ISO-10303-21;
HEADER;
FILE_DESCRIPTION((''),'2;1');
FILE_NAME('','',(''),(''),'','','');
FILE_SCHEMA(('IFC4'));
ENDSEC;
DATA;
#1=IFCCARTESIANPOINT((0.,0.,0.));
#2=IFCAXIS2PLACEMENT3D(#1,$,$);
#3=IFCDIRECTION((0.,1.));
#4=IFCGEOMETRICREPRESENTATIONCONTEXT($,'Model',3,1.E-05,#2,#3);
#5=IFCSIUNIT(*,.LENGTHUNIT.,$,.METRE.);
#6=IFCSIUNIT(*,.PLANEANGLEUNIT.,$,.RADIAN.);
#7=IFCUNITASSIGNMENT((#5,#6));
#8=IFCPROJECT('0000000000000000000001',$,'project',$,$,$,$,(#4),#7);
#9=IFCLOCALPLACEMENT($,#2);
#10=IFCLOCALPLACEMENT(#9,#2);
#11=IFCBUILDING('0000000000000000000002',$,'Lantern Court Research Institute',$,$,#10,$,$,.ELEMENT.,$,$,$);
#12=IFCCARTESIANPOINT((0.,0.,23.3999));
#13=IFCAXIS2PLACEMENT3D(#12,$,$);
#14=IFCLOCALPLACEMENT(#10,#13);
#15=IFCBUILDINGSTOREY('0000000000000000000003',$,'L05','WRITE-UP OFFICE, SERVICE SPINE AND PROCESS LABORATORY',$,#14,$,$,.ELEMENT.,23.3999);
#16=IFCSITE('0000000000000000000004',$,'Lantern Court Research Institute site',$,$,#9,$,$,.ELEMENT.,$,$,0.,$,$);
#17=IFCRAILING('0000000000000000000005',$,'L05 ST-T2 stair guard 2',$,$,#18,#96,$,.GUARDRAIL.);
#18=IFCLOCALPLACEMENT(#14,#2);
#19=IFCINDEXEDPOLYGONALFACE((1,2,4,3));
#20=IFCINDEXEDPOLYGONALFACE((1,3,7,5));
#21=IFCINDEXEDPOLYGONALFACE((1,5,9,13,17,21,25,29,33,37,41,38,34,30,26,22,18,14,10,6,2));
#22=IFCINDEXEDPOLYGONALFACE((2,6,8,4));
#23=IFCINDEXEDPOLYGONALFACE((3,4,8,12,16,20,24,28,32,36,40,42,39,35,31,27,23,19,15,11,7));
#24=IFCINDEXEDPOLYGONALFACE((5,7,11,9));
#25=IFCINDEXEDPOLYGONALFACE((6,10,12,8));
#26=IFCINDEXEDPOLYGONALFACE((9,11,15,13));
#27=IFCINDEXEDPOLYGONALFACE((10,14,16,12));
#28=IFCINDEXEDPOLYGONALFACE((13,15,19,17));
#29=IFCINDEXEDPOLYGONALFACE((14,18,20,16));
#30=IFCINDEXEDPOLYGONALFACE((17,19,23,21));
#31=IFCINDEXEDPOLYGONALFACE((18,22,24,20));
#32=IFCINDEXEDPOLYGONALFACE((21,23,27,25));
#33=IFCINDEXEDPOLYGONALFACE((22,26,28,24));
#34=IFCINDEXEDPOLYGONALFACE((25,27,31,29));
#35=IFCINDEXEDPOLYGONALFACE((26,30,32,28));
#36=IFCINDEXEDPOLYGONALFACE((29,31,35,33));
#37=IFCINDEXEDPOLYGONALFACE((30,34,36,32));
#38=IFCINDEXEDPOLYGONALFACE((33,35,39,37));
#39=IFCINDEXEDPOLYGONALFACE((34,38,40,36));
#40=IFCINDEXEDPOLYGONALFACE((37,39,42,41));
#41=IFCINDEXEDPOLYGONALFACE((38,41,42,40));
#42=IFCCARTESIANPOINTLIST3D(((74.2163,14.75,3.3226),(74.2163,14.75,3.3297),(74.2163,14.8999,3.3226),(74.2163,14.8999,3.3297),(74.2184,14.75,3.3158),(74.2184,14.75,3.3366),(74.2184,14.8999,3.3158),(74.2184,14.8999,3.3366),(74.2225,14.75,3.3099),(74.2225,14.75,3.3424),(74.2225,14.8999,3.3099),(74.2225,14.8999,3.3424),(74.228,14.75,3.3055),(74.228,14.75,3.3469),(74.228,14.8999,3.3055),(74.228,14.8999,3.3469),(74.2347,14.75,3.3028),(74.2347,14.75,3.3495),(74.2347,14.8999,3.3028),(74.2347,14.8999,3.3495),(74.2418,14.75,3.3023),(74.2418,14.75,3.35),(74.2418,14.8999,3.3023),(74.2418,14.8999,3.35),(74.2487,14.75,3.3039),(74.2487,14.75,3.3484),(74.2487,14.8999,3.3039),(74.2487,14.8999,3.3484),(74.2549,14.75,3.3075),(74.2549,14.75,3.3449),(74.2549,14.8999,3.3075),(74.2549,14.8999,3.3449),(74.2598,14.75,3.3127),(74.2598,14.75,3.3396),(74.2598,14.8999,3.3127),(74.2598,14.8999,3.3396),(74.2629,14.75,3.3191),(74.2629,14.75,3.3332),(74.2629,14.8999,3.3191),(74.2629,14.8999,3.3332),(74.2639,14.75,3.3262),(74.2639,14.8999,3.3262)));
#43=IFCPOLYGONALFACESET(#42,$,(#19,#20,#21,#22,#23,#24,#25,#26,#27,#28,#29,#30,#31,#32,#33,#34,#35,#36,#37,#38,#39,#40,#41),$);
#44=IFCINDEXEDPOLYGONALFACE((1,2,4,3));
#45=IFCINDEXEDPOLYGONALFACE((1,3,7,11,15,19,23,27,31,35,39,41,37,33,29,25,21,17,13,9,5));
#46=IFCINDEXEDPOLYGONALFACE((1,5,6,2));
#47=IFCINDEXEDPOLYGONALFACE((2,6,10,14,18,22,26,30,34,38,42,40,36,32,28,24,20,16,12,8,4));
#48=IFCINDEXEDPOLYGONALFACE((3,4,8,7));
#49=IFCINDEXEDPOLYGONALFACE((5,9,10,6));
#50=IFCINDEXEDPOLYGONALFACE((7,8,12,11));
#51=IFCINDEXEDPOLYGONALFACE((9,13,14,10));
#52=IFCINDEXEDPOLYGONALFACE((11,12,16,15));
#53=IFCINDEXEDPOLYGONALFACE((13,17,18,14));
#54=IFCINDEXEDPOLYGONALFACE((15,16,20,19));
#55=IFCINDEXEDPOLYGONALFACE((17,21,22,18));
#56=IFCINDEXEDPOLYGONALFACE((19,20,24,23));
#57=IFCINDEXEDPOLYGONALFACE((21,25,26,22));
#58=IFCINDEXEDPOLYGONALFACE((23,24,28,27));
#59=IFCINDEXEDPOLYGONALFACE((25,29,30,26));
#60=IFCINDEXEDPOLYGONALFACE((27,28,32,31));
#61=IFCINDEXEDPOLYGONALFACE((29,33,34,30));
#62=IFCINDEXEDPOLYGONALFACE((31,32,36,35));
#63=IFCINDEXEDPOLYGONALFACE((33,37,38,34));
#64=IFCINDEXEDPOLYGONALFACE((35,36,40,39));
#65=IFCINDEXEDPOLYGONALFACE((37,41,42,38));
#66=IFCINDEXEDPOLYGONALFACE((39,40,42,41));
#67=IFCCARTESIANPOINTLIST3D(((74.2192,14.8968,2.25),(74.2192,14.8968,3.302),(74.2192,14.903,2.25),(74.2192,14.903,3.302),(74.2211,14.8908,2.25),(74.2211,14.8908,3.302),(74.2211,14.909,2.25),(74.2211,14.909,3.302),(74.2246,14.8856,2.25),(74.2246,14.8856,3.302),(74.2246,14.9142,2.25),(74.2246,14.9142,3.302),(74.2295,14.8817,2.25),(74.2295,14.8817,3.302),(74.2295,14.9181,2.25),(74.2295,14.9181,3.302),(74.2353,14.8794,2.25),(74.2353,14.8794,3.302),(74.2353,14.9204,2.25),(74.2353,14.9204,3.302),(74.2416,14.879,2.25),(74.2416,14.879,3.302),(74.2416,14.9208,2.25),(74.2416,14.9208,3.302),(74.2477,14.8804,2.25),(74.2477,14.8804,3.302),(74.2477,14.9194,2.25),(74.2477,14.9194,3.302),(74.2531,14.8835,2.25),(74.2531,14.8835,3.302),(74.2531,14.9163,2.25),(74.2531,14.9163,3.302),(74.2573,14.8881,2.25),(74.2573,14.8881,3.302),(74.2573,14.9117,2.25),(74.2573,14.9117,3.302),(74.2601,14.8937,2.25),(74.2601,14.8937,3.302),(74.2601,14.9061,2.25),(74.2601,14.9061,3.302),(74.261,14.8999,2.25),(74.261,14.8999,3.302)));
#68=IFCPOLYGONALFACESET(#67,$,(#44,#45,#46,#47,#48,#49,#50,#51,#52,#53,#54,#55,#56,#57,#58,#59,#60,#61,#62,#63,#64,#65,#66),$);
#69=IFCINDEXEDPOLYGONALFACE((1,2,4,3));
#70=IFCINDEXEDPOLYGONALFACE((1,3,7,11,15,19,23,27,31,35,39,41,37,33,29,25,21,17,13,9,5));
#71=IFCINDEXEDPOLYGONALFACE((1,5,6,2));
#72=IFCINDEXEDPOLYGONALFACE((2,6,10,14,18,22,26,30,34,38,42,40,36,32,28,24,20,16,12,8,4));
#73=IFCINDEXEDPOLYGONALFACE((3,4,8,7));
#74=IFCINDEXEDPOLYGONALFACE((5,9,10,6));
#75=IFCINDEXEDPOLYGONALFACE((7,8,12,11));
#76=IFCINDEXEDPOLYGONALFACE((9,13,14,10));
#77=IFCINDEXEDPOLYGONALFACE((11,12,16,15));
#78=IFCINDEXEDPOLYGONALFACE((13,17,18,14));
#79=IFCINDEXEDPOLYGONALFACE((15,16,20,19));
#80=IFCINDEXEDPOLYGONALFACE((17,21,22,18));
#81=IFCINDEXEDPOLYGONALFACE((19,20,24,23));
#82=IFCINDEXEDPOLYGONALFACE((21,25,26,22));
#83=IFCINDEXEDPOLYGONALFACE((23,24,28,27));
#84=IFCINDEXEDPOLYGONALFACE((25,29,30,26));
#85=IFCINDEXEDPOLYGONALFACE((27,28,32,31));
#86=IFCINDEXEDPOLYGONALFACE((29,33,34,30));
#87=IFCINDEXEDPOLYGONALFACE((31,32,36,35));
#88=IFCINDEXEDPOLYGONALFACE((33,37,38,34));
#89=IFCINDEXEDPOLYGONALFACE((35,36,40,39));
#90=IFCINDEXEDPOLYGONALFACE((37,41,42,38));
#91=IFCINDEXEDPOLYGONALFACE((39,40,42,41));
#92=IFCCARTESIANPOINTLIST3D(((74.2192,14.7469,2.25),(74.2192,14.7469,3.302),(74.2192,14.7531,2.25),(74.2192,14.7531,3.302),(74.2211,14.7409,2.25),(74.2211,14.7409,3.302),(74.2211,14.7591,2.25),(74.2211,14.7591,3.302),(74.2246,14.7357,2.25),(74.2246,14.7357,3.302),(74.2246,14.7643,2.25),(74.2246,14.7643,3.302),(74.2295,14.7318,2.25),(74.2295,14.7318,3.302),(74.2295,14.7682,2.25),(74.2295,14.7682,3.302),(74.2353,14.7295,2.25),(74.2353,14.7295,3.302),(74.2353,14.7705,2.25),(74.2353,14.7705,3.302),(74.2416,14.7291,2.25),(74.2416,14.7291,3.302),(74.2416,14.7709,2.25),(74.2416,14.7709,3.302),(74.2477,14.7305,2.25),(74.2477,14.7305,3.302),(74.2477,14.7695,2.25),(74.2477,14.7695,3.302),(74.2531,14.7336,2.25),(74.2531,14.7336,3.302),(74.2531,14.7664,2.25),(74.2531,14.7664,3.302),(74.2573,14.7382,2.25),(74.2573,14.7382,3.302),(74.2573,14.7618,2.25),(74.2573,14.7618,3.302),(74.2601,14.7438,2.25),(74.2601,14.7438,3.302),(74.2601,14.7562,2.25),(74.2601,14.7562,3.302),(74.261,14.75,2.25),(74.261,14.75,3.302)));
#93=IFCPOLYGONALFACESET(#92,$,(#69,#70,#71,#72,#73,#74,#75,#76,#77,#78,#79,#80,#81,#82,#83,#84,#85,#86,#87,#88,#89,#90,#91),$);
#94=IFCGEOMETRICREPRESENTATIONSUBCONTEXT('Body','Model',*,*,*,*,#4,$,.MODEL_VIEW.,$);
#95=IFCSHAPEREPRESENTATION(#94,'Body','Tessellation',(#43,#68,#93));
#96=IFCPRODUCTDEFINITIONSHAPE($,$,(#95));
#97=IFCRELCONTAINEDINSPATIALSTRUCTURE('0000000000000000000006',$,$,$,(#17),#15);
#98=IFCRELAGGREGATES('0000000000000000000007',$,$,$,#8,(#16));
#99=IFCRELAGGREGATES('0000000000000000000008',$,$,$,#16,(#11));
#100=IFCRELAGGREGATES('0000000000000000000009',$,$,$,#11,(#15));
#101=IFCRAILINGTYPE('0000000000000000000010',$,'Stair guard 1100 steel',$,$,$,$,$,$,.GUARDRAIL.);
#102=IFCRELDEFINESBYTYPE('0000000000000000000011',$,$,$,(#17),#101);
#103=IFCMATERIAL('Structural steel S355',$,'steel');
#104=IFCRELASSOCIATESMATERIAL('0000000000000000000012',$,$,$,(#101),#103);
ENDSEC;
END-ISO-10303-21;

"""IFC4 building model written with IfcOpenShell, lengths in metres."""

from ifc_helpers import new_model, si_unit, direction, frame, origin, origin_2d, place, context, subcontext, project, spatial, circle, extrude, material, type_object, element, save


model = new_model("IFC4")

# Units and contexts
model_context = context("Model", 3, precision=1e-05, world=origin(), true_north=direction((0.0, 1.0)))
body_context = subcontext(model_context, "Body", "Model", "MODEL_VIEW")
ifc_project = project(units=[si_unit("LENGTHUNIT", "METRE"), si_unit("PLANEANGLEUNIT", "RADIAN")], contexts=[model_context])

# Site, building, storey
site_placement = place(None, origin())
site = spatial("IfcSite", under=ifc_project, at=site_placement, Name="Lantern Court Research Institute site", CompositionType="ELEMENT", RefElevation=0.0)
building_placement = place(site_placement, origin())
building = spatial("IfcBuilding", under=site, at=building_placement, Name="Lantern Court Research Institute", CompositionType="ELEMENT")
storey_placement = place(building_placement, frame((0.0, 0.0, 23.3999)))
storey = spatial("IfcBuildingStorey", under=building, at=storey_placement, Name="L05", Description="WRITE-UP OFFICE, SERVICE SPINE AND PROCESS LABORATORY", CompositionType="ELEMENT", Elevation=23.3999)

# Railing
ifc_material_1 = material(Name="Structural steel S355", Category="steel")
railing_type_1 = type_object("IfcRailingType", Name="Stair guard 1100 steel", PredefinedType="GUARDRAIL", material=ifc_material_1)
railing_1_placement = place(storey_placement, frame((74.24, 14.8999, 2.25)))
element("IfcRailing", 1, at=railing_1_placement, inside=storey, type_object=railing_type_1, Name="L05 ST-T2 stair guard 2", PredefinedType="GUARDRAIL", context=body_context, shape_type="SweptSolid", body=[
    extrude(circle(Radius=0.0239, at=origin_2d()), frame((0.0, 0.0, 1.0762), z_axis=(0.0, -1.0, 0.0), x_axis=(1.0, 0.0, 0.0)), (0.0, 0.0, 1.0), 0.1499),
    extrude(circle(Radius=0.021, at=origin_2d()), origin(), (0.0, 0.0, 1.0), 1.052),
    extrude(circle(Radius=0.021, at=origin_2d()), frame((0.0, -0.1499, 0.0)), (0.0, 0.0, 1.0), 1.052),
])

save(model, "model.ifc")
